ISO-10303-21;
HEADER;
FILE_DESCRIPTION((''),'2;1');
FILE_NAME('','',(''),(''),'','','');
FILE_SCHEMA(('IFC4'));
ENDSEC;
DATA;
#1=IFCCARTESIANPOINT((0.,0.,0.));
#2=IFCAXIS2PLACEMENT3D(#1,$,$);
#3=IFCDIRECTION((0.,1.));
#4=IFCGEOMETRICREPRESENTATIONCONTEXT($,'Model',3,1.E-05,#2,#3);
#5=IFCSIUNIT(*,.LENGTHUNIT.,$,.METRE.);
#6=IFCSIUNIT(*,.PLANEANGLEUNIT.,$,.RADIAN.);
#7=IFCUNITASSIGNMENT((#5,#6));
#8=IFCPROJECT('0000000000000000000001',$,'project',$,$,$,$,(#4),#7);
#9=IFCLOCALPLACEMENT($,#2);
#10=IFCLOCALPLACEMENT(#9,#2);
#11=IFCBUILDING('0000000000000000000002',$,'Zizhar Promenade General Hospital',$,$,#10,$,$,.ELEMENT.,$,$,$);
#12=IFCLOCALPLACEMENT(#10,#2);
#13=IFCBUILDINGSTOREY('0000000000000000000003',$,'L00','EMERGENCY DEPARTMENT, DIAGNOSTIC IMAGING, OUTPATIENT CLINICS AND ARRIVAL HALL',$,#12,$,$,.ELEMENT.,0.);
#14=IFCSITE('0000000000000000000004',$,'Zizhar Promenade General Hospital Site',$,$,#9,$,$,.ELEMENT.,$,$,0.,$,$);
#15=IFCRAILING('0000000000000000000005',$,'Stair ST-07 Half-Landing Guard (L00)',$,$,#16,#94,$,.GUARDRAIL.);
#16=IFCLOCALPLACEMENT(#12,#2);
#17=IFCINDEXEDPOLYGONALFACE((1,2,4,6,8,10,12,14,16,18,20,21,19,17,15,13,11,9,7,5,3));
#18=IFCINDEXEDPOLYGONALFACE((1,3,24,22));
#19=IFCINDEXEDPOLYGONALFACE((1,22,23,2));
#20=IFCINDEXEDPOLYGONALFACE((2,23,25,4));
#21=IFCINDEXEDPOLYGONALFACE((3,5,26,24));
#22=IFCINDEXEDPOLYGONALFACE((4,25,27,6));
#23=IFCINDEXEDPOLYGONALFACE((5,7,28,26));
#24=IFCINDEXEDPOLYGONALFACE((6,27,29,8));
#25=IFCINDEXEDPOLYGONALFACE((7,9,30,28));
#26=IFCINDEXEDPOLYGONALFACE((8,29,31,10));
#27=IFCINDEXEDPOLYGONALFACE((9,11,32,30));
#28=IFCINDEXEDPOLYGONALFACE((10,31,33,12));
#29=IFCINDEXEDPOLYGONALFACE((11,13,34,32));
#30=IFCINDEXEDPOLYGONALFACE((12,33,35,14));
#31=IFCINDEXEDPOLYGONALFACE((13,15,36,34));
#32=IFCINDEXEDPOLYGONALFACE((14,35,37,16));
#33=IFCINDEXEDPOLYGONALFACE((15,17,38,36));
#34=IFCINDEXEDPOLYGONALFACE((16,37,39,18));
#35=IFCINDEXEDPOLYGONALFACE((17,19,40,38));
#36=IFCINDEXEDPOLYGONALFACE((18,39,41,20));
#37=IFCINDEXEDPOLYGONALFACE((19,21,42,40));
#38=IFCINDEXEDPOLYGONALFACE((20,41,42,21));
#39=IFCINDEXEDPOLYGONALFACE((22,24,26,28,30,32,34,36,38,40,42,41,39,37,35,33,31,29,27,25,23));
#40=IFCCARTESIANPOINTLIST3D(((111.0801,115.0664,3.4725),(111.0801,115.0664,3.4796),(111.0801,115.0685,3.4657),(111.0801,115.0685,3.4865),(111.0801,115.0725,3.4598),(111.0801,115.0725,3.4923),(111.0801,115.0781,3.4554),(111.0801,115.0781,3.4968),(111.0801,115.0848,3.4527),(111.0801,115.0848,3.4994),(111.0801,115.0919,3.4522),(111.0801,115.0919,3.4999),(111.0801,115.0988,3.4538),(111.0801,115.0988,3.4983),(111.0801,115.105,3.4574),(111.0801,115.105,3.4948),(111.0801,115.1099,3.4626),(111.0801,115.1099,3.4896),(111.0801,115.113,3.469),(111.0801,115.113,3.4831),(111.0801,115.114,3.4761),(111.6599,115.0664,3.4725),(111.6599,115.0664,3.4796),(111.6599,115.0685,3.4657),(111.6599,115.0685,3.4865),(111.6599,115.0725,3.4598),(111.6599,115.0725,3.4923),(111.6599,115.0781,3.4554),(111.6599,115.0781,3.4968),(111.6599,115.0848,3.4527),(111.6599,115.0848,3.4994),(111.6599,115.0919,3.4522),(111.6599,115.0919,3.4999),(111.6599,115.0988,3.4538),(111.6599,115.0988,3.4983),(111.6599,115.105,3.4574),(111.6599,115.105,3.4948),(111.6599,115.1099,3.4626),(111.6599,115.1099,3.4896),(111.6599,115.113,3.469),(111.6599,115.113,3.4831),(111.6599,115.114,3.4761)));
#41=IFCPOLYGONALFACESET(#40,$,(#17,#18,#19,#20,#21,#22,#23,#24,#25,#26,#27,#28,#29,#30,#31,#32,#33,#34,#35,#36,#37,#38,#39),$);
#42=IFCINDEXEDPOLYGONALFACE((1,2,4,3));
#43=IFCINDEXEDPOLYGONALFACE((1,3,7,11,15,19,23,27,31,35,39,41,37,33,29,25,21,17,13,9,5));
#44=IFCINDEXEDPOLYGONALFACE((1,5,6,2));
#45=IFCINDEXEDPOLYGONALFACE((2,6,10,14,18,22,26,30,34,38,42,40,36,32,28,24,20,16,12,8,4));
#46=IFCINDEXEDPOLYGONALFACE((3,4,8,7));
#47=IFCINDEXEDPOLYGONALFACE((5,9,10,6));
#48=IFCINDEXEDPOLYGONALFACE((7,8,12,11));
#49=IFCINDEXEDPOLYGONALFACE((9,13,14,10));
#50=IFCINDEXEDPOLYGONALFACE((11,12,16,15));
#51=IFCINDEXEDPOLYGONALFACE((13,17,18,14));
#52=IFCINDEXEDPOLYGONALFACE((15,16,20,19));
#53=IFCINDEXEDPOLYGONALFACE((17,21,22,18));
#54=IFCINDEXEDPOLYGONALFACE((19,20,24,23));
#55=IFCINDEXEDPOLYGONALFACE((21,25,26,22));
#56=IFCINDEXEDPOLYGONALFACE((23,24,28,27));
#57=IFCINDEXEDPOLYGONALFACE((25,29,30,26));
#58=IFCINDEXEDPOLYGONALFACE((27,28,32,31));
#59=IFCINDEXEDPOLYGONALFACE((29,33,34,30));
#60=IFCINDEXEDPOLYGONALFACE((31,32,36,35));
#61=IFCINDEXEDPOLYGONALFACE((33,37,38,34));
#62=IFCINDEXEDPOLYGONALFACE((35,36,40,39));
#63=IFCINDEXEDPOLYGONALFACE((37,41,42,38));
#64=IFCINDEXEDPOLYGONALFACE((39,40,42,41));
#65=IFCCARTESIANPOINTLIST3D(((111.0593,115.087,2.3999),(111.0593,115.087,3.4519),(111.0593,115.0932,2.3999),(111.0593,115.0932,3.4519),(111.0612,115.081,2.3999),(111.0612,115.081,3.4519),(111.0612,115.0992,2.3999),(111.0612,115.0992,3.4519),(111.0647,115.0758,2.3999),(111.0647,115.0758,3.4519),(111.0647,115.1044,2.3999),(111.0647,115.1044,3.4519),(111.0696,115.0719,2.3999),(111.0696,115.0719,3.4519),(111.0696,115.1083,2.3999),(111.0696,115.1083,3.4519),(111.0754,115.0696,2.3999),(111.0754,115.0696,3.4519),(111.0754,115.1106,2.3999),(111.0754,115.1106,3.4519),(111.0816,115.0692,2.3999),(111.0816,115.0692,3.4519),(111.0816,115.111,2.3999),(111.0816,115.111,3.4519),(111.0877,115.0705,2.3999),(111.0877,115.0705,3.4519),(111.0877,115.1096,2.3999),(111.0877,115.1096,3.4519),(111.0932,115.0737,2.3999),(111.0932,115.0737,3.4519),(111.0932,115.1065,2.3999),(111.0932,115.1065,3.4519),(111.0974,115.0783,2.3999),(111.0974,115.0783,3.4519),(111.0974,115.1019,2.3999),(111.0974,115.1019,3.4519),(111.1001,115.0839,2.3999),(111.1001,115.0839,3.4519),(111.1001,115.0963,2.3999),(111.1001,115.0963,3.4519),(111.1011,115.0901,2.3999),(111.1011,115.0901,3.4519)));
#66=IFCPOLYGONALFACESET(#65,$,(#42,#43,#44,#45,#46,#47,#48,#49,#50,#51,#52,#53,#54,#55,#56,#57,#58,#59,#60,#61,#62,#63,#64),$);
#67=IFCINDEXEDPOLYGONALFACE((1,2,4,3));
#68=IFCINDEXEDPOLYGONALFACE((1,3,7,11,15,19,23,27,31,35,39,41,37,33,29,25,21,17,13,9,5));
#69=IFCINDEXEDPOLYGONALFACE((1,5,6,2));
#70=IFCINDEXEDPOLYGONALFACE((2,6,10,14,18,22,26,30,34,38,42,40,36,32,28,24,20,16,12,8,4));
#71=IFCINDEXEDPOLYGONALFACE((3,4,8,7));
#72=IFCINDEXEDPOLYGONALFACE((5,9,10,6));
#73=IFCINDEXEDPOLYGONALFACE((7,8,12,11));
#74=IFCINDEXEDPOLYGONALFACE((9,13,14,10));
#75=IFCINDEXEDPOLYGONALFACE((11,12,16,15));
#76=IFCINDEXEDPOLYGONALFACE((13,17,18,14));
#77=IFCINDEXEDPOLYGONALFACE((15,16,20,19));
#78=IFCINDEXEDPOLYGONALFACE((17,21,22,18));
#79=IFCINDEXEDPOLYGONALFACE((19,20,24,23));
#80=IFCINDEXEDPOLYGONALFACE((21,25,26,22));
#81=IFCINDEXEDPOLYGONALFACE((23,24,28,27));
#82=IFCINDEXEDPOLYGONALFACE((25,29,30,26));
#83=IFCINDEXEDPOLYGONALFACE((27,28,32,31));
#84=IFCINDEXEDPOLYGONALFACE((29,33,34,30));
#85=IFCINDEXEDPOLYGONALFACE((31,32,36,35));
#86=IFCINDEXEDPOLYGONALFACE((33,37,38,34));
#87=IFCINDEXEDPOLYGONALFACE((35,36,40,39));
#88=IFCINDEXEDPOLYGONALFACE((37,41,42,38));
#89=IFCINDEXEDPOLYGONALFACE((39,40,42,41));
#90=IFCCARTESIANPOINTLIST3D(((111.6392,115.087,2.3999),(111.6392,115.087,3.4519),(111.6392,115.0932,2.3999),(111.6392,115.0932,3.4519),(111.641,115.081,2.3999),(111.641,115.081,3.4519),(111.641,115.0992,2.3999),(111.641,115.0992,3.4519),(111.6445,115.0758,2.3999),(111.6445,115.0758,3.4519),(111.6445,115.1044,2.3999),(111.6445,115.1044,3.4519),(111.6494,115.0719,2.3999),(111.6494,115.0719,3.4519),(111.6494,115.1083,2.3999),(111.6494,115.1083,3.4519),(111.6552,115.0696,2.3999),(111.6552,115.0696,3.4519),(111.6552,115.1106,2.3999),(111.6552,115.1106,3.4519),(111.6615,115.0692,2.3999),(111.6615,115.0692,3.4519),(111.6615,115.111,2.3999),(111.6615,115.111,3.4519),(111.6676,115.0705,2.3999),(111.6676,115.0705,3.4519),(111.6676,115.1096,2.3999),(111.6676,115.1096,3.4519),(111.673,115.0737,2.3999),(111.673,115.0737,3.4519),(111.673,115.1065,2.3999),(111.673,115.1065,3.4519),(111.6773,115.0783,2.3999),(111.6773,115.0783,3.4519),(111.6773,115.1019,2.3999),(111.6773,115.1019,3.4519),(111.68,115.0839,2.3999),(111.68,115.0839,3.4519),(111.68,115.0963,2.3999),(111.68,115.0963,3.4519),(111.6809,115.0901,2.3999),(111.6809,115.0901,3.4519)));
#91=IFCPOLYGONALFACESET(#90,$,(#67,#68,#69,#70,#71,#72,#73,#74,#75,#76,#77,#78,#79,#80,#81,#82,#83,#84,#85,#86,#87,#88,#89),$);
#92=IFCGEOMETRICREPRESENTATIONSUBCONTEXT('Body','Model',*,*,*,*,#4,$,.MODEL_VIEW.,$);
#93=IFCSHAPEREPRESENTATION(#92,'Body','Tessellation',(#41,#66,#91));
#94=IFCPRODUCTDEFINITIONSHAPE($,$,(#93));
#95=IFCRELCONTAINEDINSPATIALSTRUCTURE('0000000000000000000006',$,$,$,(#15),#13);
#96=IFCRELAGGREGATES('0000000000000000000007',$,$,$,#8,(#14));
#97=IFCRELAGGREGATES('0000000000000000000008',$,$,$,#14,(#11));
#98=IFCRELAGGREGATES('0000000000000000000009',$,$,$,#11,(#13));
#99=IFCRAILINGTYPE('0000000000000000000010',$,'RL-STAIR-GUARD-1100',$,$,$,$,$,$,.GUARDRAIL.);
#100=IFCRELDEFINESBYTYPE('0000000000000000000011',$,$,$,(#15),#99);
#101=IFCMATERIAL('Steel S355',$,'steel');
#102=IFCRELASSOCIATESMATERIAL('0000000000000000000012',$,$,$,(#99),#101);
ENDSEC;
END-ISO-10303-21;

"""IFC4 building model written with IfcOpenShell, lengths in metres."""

from ifc_helpers import new_model, si_unit, direction, frame, origin, origin_2d, place, context, subcontext, project, spatial, circle, hollow_circle, extrude, material, material_profile, profile_set, type_object, element, save


model = new_model("IFC4")

# Units and contexts
model_context = context("Model", 3, precision=1e-05, world=origin(), true_north=direction((0.0, 1.0)))
body_context = subcontext(model_context, "Body", "Model", "MODEL_VIEW")
ifc_project = project(units=[si_unit("LENGTHUNIT", "METRE"), si_unit("PLANEANGLEUNIT", "RADIAN")], contexts=[model_context])

# Site, building, storey
site_placement = place(None, origin())
site = spatial("IfcSite", under=ifc_project, at=site_placement, Name="Zizhar Promenade General Hospital Site", CompositionType="ELEMENT", RefElevation=0.0)
building_placement = place(site_placement, origin())
building = spatial("IfcBuilding", under=site, at=building_placement, Name="Zizhar Promenade General Hospital", CompositionType="ELEMENT")
storey_placement = place(building_placement, origin())
storey = spatial("IfcBuildingStorey", under=building, at=storey_placement, Name="L00", Description="EMERGENCY DEPARTMENT, DIAGNOSTIC IMAGING, OUTPATIENT CLINICS AND ARRIVAL HALL", CompositionType="ELEMENT", Elevation=0.0)

# Railing
ifc_material_1 = material(Name="Steel S355", Category="steel")
ifc_material_profile_1 = material_profile(ifc_material_1, hollow_circle(Radius=0.0698, WallThickness=0.0063, at=origin_2d()))
ifc_profile_set_1 = profile_set([ifc_material_profile_1], Name="Steel S355")
railing_type_1 = type_object("IfcRailingType", Name="RL-STAIR-GUARD-1100", PredefinedType="GUARDRAIL", material=ifc_profile_set_1)
railing_1_placement = place(storey_placement, frame((111.0801, 115.0901, 2.3999)))
element("IfcRailing", 1, at=railing_1_placement, inside=storey, type_object=railing_type_1, Name="Stair ST-07 Half-Landing Guard (L00)", PredefinedType="GUARDRAIL", context=body_context, shape_type="SweptSolid", body=[
    extrude(circle(Radius=0.0239, at=origin_2d()), frame((0.0, 0.0, 1.0762), z_axis=(1.0, 0.0, 0.0), x_axis=(0.0, 1.0, 0.0)), (0.0, 0.0, 1.0), 0.5798),
    extrude(circle(Radius=0.021, at=origin_2d()), origin(), (0.0, 0.0, 1.0), 1.052),
    extrude(circle(Radius=0.021, at=origin_2d()), frame((0.5798, 0.0, 0.0)), (0.0, 0.0, 1.0), 1.052),
])

save(model, "model.ifc")
